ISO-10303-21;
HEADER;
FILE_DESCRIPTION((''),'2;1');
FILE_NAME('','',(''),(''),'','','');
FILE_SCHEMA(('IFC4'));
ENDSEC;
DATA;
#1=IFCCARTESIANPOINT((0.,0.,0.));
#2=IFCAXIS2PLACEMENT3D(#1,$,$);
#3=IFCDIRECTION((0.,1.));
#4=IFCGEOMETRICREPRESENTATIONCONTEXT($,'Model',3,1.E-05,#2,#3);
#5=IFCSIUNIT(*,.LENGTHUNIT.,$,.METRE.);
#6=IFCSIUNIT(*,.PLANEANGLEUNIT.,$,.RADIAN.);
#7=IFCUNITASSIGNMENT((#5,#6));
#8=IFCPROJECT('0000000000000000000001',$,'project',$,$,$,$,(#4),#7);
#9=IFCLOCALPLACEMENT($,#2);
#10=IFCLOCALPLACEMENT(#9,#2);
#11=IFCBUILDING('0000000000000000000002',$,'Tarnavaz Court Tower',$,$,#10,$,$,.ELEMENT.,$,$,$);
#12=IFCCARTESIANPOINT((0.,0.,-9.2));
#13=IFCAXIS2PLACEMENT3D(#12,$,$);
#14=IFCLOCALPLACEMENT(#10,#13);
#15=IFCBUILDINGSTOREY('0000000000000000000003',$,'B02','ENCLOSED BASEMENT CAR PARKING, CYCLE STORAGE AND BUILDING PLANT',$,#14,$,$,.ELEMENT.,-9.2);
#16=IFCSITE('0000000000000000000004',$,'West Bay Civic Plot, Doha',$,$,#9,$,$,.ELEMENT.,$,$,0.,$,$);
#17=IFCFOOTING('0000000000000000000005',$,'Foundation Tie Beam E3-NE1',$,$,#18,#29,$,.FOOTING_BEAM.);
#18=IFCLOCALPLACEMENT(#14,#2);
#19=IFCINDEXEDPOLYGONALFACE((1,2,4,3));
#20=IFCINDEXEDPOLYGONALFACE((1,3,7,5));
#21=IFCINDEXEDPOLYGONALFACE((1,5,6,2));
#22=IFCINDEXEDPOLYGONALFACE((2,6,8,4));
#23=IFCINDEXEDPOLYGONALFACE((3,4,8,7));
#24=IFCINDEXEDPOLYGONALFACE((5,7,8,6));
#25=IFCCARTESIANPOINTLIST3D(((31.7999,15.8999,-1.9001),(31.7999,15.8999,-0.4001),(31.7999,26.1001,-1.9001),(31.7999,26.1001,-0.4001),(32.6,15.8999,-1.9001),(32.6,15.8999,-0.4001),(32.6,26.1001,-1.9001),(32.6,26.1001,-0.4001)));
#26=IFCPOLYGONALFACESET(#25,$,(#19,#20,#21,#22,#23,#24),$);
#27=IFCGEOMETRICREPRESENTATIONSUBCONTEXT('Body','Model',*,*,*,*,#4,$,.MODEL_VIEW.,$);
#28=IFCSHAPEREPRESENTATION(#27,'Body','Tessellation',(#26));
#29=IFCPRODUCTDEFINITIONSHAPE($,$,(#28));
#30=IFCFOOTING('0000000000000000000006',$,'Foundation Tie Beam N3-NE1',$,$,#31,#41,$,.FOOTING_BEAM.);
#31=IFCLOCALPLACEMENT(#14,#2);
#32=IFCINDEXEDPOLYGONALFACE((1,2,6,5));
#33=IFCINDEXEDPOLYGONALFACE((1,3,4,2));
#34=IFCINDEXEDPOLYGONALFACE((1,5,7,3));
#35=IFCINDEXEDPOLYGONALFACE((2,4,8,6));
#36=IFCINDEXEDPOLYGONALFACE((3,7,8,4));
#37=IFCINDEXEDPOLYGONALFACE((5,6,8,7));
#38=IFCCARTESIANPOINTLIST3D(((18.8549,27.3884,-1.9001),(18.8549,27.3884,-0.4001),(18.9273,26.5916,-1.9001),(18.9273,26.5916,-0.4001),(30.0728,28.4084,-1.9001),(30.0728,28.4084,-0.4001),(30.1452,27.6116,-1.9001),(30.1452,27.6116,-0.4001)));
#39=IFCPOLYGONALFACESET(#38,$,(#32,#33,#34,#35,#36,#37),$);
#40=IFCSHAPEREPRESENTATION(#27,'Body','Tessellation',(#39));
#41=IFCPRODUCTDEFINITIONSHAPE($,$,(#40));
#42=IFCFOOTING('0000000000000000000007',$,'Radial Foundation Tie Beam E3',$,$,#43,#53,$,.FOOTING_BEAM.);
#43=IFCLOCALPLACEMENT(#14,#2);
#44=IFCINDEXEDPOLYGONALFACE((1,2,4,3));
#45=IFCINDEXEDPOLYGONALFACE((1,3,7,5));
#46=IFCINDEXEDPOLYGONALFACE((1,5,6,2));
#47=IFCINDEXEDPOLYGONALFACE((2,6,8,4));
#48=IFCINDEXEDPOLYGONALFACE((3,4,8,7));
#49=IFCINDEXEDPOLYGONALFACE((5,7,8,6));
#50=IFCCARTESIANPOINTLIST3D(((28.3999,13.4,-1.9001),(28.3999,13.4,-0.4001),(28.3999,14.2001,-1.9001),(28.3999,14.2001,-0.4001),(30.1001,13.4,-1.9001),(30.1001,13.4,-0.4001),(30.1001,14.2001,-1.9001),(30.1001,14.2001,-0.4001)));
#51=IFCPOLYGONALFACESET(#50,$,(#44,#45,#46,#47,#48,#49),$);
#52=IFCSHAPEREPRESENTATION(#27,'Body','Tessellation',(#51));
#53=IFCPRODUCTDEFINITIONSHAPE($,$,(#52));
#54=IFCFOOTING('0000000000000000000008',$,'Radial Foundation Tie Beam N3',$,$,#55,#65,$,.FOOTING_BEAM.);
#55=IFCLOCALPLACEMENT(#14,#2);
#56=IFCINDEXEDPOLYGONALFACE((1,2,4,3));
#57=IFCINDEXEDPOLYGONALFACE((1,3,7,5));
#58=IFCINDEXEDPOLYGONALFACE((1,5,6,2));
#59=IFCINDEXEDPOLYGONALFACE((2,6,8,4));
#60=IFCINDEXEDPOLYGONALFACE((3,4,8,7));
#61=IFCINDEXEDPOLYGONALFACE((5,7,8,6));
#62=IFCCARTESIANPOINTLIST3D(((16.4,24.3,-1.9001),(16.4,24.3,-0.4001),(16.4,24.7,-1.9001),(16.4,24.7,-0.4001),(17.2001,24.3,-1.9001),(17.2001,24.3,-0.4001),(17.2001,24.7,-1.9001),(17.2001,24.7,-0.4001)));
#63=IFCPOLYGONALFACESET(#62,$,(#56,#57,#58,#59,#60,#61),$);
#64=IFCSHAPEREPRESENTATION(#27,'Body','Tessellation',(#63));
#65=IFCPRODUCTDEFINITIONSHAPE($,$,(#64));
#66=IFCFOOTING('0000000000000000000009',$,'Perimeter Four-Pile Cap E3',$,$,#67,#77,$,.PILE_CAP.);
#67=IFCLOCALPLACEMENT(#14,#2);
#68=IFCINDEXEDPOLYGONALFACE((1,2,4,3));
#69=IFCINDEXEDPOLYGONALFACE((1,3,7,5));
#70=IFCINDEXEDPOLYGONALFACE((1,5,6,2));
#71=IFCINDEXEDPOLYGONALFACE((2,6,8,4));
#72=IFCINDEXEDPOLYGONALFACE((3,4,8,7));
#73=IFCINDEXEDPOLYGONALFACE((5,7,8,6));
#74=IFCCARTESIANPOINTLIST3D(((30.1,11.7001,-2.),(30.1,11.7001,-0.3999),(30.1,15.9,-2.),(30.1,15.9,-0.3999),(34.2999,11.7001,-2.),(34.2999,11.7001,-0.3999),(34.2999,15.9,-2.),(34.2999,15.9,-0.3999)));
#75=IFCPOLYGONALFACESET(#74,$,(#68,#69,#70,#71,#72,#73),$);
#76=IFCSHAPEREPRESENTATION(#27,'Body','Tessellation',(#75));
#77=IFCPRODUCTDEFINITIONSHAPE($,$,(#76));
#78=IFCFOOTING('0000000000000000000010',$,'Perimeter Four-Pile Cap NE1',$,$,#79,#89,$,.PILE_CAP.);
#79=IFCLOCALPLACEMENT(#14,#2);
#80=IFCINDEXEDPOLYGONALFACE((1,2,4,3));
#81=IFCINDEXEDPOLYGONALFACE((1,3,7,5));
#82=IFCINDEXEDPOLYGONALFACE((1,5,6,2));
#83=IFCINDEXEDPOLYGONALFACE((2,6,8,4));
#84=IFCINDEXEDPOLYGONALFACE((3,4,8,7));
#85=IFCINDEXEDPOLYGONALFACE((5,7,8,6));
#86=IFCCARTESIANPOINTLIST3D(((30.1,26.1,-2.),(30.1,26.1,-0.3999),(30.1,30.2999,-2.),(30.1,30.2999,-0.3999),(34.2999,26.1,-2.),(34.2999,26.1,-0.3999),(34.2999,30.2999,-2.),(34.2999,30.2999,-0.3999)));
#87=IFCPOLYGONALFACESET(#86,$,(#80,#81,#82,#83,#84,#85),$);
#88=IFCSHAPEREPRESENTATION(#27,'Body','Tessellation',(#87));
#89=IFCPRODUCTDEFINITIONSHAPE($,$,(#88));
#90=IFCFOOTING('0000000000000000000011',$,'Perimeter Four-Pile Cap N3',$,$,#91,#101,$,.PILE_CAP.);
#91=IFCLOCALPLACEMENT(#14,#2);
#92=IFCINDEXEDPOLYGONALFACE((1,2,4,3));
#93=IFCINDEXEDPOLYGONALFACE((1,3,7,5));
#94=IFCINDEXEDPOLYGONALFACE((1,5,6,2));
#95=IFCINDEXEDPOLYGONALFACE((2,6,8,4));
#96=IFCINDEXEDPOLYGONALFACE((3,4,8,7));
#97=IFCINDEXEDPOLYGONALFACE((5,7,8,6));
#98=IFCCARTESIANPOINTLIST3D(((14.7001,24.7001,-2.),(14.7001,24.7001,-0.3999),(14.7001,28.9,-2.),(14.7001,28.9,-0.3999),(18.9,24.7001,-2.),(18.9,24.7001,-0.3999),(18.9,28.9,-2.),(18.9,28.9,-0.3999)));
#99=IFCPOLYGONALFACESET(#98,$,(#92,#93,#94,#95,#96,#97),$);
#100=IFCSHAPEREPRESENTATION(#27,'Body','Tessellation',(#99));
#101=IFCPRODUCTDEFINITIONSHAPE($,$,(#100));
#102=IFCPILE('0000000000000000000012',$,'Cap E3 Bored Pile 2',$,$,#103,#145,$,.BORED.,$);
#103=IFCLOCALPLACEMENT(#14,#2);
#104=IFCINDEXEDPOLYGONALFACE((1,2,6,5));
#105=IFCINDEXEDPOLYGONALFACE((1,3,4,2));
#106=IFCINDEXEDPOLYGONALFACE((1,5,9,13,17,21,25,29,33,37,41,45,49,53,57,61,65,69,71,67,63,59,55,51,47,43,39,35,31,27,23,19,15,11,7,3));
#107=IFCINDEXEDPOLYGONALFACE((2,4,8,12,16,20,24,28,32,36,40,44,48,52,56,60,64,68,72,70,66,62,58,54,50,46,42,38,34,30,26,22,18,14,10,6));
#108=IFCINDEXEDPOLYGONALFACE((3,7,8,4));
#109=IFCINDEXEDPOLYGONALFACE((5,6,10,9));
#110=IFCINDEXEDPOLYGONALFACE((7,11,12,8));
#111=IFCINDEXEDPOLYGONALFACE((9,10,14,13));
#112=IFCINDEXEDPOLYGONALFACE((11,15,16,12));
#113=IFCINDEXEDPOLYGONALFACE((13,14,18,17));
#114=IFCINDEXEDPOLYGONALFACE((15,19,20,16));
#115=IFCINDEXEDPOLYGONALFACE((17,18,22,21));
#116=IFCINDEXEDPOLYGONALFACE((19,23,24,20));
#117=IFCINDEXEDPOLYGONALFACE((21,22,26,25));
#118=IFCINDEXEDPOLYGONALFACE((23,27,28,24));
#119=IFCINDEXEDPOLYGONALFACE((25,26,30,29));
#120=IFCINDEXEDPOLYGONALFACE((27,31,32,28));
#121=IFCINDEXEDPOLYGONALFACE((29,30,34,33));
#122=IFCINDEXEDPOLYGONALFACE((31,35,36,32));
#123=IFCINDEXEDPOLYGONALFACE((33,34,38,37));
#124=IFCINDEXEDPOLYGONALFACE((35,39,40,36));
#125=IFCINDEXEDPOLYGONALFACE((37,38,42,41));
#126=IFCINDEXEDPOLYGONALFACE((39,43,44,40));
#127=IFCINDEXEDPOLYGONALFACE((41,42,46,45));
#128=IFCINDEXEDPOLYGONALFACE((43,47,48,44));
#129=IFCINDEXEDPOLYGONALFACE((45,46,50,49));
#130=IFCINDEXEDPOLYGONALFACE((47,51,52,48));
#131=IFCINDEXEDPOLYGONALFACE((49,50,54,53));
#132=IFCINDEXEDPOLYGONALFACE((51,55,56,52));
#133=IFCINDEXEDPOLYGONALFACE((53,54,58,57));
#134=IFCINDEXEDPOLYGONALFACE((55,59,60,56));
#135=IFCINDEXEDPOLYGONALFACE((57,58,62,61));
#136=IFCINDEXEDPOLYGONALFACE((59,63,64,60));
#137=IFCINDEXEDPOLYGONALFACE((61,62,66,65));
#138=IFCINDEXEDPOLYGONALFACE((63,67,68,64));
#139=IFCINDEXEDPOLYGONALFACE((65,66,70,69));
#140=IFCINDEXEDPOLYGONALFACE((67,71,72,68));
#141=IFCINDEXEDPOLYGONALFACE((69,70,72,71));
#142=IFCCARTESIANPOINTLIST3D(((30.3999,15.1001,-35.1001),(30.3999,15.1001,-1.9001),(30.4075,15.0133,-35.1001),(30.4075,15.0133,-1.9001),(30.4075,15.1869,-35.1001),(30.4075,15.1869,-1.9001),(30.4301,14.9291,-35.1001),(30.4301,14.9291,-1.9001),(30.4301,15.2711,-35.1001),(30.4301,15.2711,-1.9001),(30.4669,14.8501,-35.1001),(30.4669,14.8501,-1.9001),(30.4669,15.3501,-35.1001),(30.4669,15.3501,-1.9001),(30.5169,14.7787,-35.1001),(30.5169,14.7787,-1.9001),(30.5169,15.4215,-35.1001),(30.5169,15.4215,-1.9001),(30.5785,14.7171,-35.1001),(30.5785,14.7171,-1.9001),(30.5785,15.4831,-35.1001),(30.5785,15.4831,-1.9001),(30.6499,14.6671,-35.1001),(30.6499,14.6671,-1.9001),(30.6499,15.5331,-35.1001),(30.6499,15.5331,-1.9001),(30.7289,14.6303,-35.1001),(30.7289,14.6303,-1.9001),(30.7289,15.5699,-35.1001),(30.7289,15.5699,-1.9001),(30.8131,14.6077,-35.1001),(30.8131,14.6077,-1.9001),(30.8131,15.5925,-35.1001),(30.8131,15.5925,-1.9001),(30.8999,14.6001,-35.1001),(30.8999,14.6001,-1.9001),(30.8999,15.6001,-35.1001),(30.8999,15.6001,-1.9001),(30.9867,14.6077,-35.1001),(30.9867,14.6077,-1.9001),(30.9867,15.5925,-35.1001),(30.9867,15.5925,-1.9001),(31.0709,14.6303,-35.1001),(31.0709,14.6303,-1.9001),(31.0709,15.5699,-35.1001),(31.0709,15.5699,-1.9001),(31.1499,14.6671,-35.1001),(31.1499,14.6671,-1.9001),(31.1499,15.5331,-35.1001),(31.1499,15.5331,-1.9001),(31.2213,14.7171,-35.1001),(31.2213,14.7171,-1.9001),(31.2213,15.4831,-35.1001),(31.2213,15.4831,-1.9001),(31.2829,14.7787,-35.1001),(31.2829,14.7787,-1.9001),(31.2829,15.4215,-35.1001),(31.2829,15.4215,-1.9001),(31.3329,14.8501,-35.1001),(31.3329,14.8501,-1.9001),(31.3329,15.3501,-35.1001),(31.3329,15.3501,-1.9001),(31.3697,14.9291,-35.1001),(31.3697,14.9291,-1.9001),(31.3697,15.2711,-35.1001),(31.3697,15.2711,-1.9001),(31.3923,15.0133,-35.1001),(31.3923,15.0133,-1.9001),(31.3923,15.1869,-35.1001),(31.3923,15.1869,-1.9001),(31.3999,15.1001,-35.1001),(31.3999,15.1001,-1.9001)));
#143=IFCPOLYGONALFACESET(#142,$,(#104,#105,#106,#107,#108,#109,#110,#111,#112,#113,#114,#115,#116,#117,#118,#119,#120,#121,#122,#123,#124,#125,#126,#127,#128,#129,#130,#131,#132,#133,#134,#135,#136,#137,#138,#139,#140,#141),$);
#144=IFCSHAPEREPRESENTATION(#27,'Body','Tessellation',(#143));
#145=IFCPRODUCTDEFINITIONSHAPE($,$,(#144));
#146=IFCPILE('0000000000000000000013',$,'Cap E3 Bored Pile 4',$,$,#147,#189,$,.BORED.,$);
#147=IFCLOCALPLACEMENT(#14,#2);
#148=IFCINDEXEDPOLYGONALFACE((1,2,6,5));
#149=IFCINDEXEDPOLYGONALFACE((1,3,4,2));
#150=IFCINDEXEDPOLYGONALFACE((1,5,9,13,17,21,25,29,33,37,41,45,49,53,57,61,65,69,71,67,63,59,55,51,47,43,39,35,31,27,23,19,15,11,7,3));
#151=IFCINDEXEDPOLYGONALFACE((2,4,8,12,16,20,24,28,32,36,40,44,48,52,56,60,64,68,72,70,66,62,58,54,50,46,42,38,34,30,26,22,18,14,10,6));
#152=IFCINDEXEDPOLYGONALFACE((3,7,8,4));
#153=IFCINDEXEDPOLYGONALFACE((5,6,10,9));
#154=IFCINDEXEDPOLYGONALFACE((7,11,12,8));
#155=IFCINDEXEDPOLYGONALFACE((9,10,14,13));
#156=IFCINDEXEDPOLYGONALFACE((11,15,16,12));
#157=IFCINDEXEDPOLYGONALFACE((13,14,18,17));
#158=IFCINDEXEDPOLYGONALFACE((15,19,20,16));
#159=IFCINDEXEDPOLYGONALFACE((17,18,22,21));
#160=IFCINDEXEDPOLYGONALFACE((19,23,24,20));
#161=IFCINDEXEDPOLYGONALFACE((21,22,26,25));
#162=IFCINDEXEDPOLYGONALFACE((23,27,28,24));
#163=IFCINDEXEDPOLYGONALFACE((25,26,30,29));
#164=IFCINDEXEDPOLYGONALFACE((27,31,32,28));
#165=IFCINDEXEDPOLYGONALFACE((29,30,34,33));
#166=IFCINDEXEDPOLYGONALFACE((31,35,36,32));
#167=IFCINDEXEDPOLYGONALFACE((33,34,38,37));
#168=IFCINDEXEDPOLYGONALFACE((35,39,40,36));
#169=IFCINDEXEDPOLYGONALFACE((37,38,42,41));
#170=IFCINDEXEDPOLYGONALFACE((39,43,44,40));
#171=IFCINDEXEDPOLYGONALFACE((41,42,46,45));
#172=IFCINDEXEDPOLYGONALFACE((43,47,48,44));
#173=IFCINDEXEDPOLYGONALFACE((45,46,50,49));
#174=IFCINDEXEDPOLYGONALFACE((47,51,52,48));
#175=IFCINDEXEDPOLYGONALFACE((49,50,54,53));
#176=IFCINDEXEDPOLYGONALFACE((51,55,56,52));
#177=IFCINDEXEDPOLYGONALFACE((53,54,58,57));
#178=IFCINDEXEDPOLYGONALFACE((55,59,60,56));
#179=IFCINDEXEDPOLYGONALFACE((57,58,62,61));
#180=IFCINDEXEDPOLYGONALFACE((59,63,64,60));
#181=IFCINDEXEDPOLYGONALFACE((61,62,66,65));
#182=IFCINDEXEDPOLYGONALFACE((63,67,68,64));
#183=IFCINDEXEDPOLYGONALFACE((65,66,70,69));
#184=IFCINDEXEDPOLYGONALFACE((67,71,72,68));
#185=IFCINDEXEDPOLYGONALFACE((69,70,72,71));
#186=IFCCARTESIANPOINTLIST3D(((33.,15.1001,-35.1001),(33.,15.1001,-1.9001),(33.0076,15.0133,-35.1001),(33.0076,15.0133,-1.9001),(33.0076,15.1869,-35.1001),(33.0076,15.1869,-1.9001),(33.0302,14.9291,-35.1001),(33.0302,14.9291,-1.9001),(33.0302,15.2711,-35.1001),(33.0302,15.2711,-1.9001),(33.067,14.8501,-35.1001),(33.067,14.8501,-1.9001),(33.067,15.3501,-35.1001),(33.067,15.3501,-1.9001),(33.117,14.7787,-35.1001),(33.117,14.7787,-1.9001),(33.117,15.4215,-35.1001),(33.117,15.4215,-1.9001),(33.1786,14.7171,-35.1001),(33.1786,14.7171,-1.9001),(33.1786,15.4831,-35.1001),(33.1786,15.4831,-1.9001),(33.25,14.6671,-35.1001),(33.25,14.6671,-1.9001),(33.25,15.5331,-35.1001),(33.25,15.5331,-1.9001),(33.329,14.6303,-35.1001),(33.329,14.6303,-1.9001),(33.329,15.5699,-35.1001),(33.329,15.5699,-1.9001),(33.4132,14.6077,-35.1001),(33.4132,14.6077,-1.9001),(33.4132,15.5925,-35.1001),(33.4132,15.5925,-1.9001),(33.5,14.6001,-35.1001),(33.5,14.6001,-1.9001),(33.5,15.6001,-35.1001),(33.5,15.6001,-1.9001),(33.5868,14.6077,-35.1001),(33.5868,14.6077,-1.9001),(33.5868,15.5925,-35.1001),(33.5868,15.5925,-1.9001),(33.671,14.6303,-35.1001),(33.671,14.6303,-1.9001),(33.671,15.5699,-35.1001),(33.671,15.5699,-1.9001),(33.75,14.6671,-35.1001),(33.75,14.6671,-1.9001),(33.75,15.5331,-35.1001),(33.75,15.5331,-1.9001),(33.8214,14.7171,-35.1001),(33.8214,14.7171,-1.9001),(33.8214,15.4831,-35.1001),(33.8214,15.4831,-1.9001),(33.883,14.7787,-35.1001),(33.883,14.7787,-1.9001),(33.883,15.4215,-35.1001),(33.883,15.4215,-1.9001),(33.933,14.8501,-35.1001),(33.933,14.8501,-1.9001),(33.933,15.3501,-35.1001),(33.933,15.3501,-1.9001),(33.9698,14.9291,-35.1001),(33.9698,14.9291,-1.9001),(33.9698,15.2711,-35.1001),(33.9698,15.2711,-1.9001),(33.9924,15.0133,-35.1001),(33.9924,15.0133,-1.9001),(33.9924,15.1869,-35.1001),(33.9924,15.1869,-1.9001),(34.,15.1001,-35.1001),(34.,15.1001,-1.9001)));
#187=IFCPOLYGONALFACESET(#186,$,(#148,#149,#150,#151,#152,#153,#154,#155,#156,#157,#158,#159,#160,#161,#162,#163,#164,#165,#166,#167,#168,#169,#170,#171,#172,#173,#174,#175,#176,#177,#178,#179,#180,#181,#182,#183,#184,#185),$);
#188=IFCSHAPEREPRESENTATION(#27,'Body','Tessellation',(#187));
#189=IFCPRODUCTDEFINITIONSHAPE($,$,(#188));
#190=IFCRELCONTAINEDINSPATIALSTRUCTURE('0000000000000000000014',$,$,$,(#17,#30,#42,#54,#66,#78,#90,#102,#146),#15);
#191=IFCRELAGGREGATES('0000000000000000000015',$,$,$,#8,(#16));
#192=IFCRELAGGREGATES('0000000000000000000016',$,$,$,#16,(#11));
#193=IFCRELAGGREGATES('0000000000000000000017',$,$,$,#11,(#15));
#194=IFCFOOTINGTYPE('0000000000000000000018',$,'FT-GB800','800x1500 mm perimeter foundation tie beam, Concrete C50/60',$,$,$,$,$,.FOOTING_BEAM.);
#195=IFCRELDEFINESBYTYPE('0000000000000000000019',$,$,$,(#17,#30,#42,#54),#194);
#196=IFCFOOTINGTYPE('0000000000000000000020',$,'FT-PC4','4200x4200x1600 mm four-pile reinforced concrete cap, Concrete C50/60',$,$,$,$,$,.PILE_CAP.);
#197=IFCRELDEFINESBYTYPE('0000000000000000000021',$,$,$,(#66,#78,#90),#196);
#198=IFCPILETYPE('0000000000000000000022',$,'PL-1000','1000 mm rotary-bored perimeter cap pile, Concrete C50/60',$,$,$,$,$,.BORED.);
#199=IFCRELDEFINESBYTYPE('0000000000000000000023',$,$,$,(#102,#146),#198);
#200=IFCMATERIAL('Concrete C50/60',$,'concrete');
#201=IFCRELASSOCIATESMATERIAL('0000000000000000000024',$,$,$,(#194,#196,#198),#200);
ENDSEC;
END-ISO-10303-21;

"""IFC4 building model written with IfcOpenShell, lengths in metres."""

from ifc_helpers import new_model, si_unit, direction, frame, origin, origin_2d, place, context, subcontext, project, spatial, rectangle, circle, extrude, material, material_profile, profile_set, type_object, element, save


model = new_model("IFC4")

# Units and contexts
model_context = context("Model", 3, precision=1e-05, world=origin(), true_north=direction((0.0, 1.0)))
body_context = subcontext(model_context, "Body", "Model", "MODEL_VIEW")
ifc_project = project(units=[si_unit("LENGTHUNIT", "METRE"), si_unit("PLANEANGLEUNIT", "RADIAN")], contexts=[model_context])

# Site, building, storey
site_placement = place(None, origin())
site = spatial("IfcSite", under=ifc_project, at=site_placement, Name="West Bay Civic Plot, Doha", CompositionType="ELEMENT", RefElevation=0.0)
building_placement = place(site_placement, origin())
building = spatial("IfcBuilding", under=site, at=building_placement, Name="Tarnavaz Court Tower", CompositionType="ELEMENT")
storey_placement = place(building_placement, frame((0.0, 0.0, -9.2)))
storey = spatial("IfcBuildingStorey", under=building, at=storey_placement, Name="B02", Description="ENCLOSED BASEMENT CAR PARKING, CYCLE STORAGE AND BUILDING PLANT", CompositionType="ELEMENT", Elevation=-9.2)

# Footings
ifc_material_1 = material(Name="Concrete C50/60", Category="concrete")
ifc_material_profile_1 = material_profile(ifc_material_1, rectangle(XDim=0.8, YDim=1.5, at=origin_2d()), Name="RC 800X1500")
ifc_profile_set_1 = profile_set([ifc_material_profile_1], Name="Concrete C50/60")
footing_type_1 = type_object("IfcFootingType", Name="FT-GB800", Description="800x1500 mm perimeter foundation tie beam, Concrete C50/60", PredefinedType="FOOTING_BEAM", material=ifc_profile_set_1)
footing_1_placement = place(storey_placement, frame((32.2, 15.8999, -1.1501), z_axis=(0.0, 1.0, 0.0), x_axis=(-1.0, 0.0, 0.0)))
element("IfcFooting", 1, at=footing_1_placement, inside=storey, type_object=footing_type_1, Name="Foundation Tie Beam E3-NE1", PredefinedType="FOOTING_BEAM", context=body_context, shape_type="SweptSolid", body=[
    extrude(rectangle(XDim=0.8, YDim=1.5, at=origin_2d()), origin(), (0.0, 0.0, 1.0), 10.2002),
])
footing_2_placement = place(storey_placement, frame((18.8911, 26.99, -1.1501), z_axis=(0.995891, 0.090555, 0.0), x_axis=(-0.090555, 0.995891, 0.0)))
element("IfcFooting", 2, at=footing_2_placement, inside=storey, type_object=footing_type_1, Name="Foundation Tie Beam N3-NE1", PredefinedType="FOOTING_BEAM", context=body_context, shape_type="SweptSolid", body=[
    extrude(rectangle(XDim=0.8, YDim=1.5, at=origin_2d()), origin(), (0.0, 0.0, 1.0), 11.2642),
])
footing_3_placement = place(storey_placement, frame((28.3999, 13.8, -1.1501), z_axis=(1.0, 0.0, 0.0), x_axis=(0.0, 1.0, 0.0)))
element("IfcFooting", 3, at=footing_3_placement, inside=storey, type_object=footing_type_1, Name="Radial Foundation Tie Beam E3", PredefinedType="FOOTING_BEAM", context=body_context, shape_type="SweptSolid", body=[
    extrude(rectangle(XDim=0.8, YDim=1.5, at=origin_2d()), origin(), (0.0, 0.0, 1.0), 1.7002),
])
footing_4_placement = place(storey_placement, frame((16.8, 24.3, -1.1501), z_axis=(0.0, 1.0, 0.0), x_axis=(-1.0, 0.0, 0.0)))
element("IfcFooting", 4, at=footing_4_placement, inside=storey, type_object=footing_type_1, Name="Radial Foundation Tie Beam N3", PredefinedType="FOOTING_BEAM", context=body_context, shape_type="SweptSolid", body=[
    extrude(rectangle(XDim=0.8, YDim=1.5, at=origin_2d()), origin(), (0.0, 0.0, 1.0), 0.3999),
])
footing_type_2 = type_object("IfcFootingType", Name="FT-PC4", Description="4200x4200x1600 mm four-pile reinforced concrete cap, Concrete C50/60", PredefinedType="PILE_CAP", material=ifc_material_1)
for number, where, z_axis, x_axis, name in (
    (5, (32.2, 13.8, -2.0), (0.0, 0.0, 1.0), (1.0, 0.0, 0.0), "Perimeter Four-Pile Cap E3"),
    (6, (32.2, 28.2, -2.0), (0.0, 0.0, 1.0), (1.0, 0.0, 0.0), "Perimeter Four-Pile Cap NE1"),
    (7, (16.8, 26.8, -2.0), (0.0, 0.0, 1.0), (1.0, 0.0, 0.0), "Perimeter Four-Pile Cap N3"),
):
    element("IfcFooting", number, at=place(storey_placement, frame(where, z_axis=z_axis, x_axis=x_axis)), inside=storey, type_object=footing_type_2, Name=name, PredefinedType="PILE_CAP", context=body_context, shape_type="SweptSolid", body=[
        extrude(rectangle(XDim=4.2, YDim=4.2, at=origin_2d()), origin(), (0.0, 0.0, 1.0), 1.6001),
    ])

# Piles
ifc_material_profile_2 = material_profile(ifc_material_1, circle(Radius=0.5, at=origin_2d()), Name="PILE D1000")
ifc_profile_set_2 = profile_set([ifc_material_profile_2], Name="Concrete C50/60")
pile_type_1 = type_object("IfcPileType", Name="PL-1000", Description="1000 mm rotary-bored perimeter cap pile, Concrete C50/60", PredefinedType="BORED", material=ifc_profile_set_2)
for number, where, z_axis, x_axis, name in (
    (8, (30.8999, 15.1001, -1.9001), (0.0, 0.0, -1.0), (1.0, 0.0, 0.0), "Cap E3 Bored Pile 2"),
    (9, (33.5, 15.1001, -1.9001), (0.0, 0.0, -1.0), (1.0, 0.0, 0.0), "Cap E3 Bored Pile 4"),
):
    element("IfcPile", number, at=place(storey_placement, frame(where, z_axis=z_axis, x_axis=x_axis)), inside=storey, type_object=pile_type_1, Name=name, PredefinedType="BORED", context=body_context, shape_type="SweptSolid", body=[
        extrude(circle(Radius=0.5, at=origin_2d()), origin(), (0.0, 0.0, 1.0), 33.2),
    ])

save(model, "model.ifc")
